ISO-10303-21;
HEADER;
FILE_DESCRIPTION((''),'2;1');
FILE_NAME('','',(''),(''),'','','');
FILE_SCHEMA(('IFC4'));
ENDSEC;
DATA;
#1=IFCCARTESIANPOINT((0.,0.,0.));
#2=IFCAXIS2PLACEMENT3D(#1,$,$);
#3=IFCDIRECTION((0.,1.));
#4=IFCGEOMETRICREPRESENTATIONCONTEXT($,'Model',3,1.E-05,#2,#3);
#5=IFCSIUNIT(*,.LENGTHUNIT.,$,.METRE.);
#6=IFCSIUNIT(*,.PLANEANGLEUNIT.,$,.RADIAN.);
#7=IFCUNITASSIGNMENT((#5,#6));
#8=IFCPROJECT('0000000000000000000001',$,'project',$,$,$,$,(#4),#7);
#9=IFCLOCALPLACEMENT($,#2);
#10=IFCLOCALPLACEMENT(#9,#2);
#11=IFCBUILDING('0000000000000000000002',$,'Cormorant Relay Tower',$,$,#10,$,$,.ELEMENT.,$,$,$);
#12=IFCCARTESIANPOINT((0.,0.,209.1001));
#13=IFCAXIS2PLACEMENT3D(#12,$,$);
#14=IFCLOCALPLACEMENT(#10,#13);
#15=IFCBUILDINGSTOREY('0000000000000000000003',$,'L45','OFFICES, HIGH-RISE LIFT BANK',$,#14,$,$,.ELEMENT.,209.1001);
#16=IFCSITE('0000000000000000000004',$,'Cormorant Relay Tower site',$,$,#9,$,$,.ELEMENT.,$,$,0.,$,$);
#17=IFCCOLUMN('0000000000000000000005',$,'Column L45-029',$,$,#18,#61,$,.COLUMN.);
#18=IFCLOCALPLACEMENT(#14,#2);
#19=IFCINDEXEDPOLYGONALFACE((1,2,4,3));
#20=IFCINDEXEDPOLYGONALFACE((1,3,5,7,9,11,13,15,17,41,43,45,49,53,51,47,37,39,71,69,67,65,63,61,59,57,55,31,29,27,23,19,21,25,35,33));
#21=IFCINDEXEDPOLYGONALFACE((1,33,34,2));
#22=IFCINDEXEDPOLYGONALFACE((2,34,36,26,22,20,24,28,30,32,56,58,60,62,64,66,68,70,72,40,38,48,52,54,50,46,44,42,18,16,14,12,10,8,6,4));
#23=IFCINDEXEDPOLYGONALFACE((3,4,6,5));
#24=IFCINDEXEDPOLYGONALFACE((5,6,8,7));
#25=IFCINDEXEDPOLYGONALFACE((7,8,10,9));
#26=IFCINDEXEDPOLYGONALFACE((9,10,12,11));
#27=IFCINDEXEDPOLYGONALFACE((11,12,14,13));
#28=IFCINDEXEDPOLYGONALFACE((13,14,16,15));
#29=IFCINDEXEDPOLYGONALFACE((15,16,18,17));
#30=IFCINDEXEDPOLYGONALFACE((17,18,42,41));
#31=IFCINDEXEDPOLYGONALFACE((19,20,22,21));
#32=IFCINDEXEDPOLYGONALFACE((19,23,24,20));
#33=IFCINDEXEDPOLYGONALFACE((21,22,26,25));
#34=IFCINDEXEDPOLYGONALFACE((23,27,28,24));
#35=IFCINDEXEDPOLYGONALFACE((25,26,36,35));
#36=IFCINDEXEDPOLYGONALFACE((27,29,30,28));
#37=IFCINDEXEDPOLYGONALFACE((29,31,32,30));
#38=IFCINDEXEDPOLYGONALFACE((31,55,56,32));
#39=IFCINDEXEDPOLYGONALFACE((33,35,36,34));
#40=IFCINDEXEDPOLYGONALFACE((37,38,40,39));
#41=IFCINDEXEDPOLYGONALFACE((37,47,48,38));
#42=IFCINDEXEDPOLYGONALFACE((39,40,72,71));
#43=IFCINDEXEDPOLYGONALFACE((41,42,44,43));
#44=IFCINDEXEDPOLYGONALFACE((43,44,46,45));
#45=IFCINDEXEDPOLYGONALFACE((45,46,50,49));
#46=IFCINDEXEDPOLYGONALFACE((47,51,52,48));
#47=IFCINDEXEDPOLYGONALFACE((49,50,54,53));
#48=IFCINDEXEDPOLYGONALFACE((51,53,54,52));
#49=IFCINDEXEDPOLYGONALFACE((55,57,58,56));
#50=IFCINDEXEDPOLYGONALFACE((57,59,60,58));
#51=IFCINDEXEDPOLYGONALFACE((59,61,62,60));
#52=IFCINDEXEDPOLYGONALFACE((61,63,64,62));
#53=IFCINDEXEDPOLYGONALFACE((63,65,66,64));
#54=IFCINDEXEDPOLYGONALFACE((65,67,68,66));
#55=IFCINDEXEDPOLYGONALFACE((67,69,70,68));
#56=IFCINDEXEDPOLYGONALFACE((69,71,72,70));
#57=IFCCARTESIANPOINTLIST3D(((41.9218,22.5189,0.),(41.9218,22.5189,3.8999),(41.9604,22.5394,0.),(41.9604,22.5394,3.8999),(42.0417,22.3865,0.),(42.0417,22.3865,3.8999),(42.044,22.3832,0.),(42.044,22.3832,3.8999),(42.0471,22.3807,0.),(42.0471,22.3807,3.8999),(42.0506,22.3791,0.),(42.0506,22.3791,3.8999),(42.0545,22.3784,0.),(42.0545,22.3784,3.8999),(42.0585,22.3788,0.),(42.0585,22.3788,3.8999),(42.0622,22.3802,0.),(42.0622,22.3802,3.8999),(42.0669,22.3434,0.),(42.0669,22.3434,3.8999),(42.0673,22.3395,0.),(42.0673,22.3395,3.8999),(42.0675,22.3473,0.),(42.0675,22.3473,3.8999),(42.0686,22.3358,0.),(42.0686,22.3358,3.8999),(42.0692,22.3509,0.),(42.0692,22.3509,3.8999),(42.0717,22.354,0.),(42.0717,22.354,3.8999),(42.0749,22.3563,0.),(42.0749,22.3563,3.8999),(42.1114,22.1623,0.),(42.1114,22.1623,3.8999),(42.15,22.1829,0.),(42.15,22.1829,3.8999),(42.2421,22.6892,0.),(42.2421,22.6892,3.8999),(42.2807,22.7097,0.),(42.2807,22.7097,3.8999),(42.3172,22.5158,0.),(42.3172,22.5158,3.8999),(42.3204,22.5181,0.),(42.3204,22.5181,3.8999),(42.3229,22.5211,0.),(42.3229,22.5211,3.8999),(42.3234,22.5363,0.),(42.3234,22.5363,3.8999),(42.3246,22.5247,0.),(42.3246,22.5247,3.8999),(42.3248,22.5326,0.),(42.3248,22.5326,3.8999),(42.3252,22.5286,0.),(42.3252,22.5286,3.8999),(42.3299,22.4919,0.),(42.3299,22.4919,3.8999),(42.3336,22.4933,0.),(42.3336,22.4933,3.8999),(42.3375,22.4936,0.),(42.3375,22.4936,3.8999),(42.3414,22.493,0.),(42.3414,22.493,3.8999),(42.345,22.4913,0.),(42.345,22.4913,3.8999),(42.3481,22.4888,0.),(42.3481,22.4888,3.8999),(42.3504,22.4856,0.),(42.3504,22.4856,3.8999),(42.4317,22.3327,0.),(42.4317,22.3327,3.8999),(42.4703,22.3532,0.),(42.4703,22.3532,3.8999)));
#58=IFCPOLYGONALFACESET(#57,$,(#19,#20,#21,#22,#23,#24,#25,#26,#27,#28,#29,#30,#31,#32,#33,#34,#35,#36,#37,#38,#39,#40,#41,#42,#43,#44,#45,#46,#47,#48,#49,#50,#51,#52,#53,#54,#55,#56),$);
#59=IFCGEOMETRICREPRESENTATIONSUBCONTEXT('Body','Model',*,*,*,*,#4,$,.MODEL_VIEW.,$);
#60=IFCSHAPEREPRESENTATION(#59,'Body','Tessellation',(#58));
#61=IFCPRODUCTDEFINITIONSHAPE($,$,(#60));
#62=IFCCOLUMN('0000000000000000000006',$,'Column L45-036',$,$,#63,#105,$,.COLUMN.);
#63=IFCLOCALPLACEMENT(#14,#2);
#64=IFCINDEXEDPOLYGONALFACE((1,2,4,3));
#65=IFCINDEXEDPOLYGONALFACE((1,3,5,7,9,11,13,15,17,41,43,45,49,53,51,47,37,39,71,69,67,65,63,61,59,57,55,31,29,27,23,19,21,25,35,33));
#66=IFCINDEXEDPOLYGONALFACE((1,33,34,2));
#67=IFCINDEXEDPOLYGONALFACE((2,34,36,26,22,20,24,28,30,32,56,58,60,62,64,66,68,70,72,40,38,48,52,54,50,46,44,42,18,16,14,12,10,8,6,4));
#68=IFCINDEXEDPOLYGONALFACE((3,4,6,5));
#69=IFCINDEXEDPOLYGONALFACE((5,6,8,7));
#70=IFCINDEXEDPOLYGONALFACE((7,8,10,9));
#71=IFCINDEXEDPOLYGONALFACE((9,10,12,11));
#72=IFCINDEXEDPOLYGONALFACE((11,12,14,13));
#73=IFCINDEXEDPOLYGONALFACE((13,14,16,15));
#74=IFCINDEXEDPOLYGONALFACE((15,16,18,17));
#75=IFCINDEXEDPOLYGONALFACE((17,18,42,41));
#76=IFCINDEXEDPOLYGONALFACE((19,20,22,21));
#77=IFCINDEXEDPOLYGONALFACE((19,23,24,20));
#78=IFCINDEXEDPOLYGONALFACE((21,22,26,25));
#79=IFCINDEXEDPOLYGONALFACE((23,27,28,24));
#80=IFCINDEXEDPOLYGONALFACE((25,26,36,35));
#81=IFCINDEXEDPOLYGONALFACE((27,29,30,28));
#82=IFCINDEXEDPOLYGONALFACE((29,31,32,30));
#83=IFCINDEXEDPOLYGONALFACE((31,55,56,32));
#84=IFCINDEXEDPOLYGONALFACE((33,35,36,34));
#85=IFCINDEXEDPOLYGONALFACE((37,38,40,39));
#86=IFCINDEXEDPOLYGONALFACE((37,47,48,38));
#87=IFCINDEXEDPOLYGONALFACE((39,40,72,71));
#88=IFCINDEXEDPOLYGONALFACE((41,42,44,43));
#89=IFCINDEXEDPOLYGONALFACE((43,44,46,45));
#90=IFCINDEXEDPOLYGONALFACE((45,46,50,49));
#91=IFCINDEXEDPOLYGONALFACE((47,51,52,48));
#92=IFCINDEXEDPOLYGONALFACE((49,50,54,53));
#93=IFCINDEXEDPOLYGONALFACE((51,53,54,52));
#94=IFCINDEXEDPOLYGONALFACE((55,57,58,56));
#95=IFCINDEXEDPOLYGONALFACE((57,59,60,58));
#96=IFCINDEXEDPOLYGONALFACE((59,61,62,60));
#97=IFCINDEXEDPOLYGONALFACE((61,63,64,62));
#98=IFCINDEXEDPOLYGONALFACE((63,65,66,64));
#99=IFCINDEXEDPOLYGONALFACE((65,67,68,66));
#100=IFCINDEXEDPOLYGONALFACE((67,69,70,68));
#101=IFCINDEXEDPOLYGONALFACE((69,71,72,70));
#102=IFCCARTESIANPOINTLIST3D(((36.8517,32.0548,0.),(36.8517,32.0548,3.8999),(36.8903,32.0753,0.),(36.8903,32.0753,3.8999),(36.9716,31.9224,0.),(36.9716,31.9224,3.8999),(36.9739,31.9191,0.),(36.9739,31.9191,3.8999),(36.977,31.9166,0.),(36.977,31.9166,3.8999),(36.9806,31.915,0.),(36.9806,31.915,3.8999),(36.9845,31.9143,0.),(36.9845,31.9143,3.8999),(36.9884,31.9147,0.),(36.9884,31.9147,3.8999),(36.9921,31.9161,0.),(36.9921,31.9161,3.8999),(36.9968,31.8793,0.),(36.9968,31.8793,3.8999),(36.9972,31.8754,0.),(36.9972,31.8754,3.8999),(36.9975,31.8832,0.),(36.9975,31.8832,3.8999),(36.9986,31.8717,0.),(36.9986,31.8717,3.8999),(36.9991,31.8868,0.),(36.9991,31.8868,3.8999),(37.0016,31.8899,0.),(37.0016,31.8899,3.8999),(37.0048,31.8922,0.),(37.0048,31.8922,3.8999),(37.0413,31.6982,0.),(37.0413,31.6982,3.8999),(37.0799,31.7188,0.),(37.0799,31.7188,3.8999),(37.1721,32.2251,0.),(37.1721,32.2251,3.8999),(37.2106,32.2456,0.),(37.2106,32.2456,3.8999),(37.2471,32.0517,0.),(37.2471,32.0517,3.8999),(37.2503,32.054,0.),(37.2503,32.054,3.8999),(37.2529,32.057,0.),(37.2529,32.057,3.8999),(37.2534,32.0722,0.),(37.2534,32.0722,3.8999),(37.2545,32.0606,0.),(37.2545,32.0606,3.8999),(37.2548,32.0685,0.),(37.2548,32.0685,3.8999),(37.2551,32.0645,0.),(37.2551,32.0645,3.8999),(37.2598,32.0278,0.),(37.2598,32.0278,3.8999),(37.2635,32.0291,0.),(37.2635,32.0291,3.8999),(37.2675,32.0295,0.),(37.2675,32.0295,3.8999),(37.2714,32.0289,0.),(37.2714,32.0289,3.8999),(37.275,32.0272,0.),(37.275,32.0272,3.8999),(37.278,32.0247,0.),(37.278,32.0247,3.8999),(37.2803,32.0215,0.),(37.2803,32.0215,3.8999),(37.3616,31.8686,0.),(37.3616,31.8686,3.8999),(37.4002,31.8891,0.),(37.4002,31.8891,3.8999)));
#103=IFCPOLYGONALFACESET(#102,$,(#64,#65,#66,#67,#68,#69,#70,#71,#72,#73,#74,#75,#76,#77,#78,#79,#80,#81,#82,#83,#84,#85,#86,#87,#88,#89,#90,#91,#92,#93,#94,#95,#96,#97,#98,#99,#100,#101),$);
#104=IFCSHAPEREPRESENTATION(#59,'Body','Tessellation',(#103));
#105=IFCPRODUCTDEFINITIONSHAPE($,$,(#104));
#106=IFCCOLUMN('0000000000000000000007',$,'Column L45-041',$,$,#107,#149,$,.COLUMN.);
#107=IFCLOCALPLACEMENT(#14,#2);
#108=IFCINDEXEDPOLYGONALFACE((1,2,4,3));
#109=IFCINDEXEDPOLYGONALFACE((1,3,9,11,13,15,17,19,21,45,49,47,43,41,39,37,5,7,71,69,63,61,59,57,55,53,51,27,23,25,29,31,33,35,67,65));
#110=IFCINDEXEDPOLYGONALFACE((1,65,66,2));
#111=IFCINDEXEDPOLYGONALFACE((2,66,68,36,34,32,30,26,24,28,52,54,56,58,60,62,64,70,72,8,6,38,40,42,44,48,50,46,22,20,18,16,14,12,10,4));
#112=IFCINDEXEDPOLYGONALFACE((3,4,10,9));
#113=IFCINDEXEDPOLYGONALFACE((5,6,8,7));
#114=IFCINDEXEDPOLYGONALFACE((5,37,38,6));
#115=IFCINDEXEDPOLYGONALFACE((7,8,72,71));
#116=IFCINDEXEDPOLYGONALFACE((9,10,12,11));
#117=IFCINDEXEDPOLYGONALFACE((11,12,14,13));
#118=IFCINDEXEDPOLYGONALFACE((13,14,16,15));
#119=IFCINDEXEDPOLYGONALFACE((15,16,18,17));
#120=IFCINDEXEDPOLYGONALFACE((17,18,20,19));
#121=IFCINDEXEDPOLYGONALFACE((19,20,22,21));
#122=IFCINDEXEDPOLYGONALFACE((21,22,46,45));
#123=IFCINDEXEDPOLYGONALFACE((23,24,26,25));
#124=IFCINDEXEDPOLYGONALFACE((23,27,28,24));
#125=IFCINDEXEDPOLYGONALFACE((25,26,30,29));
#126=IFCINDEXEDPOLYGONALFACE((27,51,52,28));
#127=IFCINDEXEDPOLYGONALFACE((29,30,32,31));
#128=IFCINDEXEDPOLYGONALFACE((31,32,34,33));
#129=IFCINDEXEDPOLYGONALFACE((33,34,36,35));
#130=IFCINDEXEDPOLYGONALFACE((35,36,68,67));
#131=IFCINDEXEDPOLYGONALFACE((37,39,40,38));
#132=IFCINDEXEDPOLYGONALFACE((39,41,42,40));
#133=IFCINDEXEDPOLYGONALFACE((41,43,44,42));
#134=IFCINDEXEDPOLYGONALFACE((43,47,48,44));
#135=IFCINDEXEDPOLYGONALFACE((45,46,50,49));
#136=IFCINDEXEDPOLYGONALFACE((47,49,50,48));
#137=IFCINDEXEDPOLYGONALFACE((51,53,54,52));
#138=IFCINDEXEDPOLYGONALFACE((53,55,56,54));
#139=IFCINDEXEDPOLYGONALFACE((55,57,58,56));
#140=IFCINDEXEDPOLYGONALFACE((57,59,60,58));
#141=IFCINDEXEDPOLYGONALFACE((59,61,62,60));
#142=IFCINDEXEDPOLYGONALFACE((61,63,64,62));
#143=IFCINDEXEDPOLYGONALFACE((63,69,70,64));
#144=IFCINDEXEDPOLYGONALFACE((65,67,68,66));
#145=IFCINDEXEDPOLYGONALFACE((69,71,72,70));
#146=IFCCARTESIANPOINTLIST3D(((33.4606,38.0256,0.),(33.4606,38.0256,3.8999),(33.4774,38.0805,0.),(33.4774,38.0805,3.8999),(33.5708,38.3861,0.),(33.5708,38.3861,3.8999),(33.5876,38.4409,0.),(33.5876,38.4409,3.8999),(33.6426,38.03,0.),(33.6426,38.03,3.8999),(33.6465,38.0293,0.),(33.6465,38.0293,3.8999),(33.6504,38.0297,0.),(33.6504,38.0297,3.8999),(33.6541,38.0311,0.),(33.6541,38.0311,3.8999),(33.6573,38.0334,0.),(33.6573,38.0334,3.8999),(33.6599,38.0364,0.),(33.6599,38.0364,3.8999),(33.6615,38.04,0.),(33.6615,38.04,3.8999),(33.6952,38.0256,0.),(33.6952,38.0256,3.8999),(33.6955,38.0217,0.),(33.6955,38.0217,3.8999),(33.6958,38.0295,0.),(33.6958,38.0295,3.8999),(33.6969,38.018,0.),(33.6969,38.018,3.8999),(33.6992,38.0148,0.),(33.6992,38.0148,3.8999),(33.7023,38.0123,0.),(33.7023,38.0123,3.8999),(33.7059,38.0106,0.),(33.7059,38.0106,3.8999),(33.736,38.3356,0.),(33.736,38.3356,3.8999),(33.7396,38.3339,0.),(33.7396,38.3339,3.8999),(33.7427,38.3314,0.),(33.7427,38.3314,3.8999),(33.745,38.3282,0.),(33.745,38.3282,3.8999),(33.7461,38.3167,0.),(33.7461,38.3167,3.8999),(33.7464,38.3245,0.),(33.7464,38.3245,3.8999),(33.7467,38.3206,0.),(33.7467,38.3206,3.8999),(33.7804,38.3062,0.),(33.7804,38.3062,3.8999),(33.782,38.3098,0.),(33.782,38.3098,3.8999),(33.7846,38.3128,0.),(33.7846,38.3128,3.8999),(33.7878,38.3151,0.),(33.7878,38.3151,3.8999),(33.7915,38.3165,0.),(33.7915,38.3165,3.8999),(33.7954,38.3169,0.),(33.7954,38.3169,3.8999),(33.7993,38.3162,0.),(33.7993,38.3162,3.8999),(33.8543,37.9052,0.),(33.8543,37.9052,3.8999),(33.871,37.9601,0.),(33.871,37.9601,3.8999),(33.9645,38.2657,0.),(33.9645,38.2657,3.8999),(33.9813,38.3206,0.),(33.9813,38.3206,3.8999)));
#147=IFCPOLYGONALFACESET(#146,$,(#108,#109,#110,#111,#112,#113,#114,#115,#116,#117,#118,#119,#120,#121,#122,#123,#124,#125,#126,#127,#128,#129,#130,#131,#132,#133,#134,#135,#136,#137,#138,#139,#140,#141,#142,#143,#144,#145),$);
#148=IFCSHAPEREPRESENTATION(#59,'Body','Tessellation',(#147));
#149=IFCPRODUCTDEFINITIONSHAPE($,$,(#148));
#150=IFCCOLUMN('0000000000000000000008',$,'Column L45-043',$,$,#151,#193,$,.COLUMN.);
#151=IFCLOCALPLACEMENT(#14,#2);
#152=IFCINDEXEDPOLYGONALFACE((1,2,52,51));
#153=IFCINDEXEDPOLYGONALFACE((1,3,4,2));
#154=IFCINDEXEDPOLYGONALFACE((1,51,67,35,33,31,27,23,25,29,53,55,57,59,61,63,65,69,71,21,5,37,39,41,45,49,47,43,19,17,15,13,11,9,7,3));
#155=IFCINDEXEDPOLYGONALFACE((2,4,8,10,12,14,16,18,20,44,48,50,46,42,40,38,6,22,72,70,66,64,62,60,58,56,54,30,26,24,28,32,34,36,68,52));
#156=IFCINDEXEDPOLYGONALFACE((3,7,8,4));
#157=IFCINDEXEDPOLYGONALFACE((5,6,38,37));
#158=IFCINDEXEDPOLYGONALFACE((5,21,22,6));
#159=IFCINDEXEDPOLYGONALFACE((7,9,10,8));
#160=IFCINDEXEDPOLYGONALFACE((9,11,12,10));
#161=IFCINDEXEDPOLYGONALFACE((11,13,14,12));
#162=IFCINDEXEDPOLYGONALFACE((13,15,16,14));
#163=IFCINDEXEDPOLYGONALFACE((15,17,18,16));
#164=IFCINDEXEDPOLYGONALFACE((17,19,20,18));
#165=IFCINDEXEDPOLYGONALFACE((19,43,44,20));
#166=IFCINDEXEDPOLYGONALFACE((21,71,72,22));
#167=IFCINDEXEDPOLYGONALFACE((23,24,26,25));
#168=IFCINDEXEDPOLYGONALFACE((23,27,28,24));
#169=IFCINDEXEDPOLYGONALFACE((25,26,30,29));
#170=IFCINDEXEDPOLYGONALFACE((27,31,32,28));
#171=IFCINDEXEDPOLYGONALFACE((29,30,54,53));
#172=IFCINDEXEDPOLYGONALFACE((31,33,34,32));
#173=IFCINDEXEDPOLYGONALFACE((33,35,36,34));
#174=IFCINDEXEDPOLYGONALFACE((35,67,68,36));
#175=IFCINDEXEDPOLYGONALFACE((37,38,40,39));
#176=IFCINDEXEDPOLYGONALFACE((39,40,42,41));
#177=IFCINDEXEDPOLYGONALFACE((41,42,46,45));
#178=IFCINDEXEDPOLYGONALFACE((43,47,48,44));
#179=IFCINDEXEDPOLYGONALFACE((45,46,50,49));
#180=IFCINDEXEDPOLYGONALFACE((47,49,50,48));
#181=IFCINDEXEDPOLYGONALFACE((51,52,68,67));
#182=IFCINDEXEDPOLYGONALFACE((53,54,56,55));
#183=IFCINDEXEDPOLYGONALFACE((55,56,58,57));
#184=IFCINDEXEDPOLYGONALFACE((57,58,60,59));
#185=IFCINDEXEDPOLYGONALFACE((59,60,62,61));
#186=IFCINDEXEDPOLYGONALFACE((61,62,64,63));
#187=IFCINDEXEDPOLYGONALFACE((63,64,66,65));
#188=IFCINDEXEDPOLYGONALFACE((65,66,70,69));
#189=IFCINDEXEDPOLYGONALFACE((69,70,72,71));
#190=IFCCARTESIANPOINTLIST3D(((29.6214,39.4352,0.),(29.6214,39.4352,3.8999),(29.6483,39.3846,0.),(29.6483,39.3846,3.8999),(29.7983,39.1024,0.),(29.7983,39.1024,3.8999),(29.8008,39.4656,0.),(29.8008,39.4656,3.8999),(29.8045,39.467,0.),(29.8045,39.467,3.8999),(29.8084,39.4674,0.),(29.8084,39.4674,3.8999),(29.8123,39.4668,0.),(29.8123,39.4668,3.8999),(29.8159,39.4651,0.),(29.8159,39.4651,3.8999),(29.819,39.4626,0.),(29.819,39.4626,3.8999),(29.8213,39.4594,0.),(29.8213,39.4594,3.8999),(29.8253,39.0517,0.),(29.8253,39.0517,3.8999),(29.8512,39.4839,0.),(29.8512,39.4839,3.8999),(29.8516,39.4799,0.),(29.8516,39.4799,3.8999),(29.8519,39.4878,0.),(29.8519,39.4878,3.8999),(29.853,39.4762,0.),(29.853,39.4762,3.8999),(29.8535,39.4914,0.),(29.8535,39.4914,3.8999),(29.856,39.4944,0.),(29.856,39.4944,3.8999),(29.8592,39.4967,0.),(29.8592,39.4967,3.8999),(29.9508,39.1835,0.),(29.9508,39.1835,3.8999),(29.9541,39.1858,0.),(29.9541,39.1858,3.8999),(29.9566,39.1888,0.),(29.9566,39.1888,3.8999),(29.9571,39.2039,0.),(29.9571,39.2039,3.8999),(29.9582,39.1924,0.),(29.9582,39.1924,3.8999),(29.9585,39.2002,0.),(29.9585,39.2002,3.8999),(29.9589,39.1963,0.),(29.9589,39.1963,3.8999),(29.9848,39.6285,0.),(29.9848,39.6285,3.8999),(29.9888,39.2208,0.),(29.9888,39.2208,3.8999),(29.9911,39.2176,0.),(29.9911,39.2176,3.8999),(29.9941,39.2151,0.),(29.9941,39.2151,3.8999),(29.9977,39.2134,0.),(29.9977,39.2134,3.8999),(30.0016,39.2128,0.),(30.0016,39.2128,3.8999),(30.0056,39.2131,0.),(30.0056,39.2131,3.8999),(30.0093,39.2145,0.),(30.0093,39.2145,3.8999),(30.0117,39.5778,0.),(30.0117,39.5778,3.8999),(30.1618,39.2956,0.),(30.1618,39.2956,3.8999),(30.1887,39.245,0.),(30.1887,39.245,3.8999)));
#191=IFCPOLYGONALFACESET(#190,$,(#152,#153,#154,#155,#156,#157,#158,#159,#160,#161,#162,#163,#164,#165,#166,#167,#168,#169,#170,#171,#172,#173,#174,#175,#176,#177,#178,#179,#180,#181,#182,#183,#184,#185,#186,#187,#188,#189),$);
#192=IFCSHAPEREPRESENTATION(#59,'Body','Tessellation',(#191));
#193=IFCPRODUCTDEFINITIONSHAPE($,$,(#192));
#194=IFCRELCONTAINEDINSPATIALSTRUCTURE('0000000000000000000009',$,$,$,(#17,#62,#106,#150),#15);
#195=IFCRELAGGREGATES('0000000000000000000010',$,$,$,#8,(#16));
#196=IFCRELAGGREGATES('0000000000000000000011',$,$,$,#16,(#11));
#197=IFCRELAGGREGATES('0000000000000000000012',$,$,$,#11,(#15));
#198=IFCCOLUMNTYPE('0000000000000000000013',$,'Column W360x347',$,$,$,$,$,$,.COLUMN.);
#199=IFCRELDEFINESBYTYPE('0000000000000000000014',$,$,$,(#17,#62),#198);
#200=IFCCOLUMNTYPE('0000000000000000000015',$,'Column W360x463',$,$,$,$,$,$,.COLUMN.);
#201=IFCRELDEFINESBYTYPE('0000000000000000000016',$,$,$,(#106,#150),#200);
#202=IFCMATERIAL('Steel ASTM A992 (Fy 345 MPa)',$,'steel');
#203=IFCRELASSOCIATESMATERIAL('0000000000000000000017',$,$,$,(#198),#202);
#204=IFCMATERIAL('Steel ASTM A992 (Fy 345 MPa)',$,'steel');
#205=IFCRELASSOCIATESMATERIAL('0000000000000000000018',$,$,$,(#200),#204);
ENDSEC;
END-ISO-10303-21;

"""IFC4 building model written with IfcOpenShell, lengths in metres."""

from ifc_helpers import new_model, si_unit, direction, frame, origin, origin_2d, place, context, subcontext, project, spatial, i_section, extrude, material, material_profile, profile_set, type_object, element, save


model = new_model("IFC4")

# Units and contexts
model_context = context("Model", 3, precision=1e-05, world=origin(), true_north=direction((0.0, 1.0)))
body_context = subcontext(model_context, "Body", "Model", "MODEL_VIEW")
ifc_project = project(units=[si_unit("LENGTHUNIT", "METRE"), si_unit("PLANEANGLEUNIT", "RADIAN")], contexts=[model_context])

# Site, building, storey
site_placement = place(None, origin())
site = spatial("IfcSite", under=ifc_project, at=site_placement, Name="Cormorant Relay Tower site", CompositionType="ELEMENT", RefElevation=0.0)
building_placement = place(site_placement, origin())
building = spatial("IfcBuilding", under=site, at=building_placement, Name="Cormorant Relay Tower", CompositionType="ELEMENT")
storey_placement = place(building_placement, frame((0.0, 0.0, 209.1001)))
storey = spatial("IfcBuildingStorey", under=building, at=storey_placement, Name="L45", Description="OFFICES, HIGH-RISE LIFT BANK", CompositionType="ELEMENT", Elevation=209.1001)

# Columns
ifc_material_1 = material(Name="Steel ASTM A992 (Fy 345 MPa)", Category="steel")
ifc_material_profile_1 = material_profile(ifc_material_1, i_section(OverallWidth=0.4038, OverallDepth=0.4065, WebThickness=0.0271, FlangeThickness=0.0437, FilletRadius=0.0151, at=origin_2d()), Name="W360x347")
ifc_profile_set_1 = profile_set([ifc_material_profile_1], Name="Steel ASTM A992 (Fy 345 MPa)")
column_type_1 = type_object("IfcColumnType", Name="Column W360x347", PredefinedType="COLUMN", material=ifc_profile_set_1)
for number, where, z_axis, x_axis, name in (
    (1, (42.196, 22.436, 0.0), (0.0, 0.0, 1.0), (-0.469472, 0.882948, 0.0), "Column L45-029"),
    (2, (37.126, 31.9719, 0.0), (0.0, 0.0, 1.0), (-0.469472, 0.882948, 0.0), "Column L45-036"),
):
    element("IfcColumn", number, at=place(storey_placement, frame(where, z_axis=z_axis, x_axis=x_axis)), inside=storey, type_object=column_type_1, Name=name, PredefinedType="COLUMN", context=body_context, shape_type="SweptSolid", body=[
        extrude(i_section(OverallWidth=0.4038, OverallDepth=0.4065, WebThickness=0.0271, FlangeThickness=0.0437, FilletRadius=0.0151, at=origin_2d()), origin(), (0.0, 0.0, 1.0), 3.8999),
    ])
ifc_material_2 = material(Name="Steel ASTM A992 (Fy 345 MPa)", Category="steel")
ifc_material_profile_2 = material_profile(ifc_material_2, i_section(OverallWidth=0.4116, OverallDepth=0.4343, WebThickness=0.0359, FlangeThickness=0.0574, FilletRadius=0.0151, at=origin_2d()), Name="W360x463")
ifc_profile_set_2 = profile_set([ifc_material_profile_2], Name="Steel ASTM A992 (Fy 345 MPa)")
column_type_2 = type_object("IfcColumnType", Name="Column W360x463", PredefinedType="COLUMN", material=ifc_profile_set_2)
for number, where, z_axis, x_axis, name in (
    (3, (33.7209, 38.1731, 0.0), (0.0, 0.0, 1.0), (-0.956305, 0.292372, 0.0), "Column L45-041"),
    (4, (29.905, 39.3401, 0.0), (0.0, 0.0, 1.0), (-0.882948, -0.469472, 0.0), "Column L45-043"),
):
    element("IfcColumn", number, at=place(storey_placement, frame(where, z_axis=z_axis, x_axis=x_axis)), inside=storey, type_object=column_type_2, Name=name, PredefinedType="COLUMN", context=body_context, shape_type="SweptSolid", body=[
        extrude(i_section(OverallWidth=0.4116, OverallDepth=0.4343, WebThickness=0.0359, FlangeThickness=0.0574, FilletRadius=0.0151, at=origin_2d()), origin(), (0.0, 0.0, 1.0), 3.8999),
    ])

save(model, "model.ifc")
